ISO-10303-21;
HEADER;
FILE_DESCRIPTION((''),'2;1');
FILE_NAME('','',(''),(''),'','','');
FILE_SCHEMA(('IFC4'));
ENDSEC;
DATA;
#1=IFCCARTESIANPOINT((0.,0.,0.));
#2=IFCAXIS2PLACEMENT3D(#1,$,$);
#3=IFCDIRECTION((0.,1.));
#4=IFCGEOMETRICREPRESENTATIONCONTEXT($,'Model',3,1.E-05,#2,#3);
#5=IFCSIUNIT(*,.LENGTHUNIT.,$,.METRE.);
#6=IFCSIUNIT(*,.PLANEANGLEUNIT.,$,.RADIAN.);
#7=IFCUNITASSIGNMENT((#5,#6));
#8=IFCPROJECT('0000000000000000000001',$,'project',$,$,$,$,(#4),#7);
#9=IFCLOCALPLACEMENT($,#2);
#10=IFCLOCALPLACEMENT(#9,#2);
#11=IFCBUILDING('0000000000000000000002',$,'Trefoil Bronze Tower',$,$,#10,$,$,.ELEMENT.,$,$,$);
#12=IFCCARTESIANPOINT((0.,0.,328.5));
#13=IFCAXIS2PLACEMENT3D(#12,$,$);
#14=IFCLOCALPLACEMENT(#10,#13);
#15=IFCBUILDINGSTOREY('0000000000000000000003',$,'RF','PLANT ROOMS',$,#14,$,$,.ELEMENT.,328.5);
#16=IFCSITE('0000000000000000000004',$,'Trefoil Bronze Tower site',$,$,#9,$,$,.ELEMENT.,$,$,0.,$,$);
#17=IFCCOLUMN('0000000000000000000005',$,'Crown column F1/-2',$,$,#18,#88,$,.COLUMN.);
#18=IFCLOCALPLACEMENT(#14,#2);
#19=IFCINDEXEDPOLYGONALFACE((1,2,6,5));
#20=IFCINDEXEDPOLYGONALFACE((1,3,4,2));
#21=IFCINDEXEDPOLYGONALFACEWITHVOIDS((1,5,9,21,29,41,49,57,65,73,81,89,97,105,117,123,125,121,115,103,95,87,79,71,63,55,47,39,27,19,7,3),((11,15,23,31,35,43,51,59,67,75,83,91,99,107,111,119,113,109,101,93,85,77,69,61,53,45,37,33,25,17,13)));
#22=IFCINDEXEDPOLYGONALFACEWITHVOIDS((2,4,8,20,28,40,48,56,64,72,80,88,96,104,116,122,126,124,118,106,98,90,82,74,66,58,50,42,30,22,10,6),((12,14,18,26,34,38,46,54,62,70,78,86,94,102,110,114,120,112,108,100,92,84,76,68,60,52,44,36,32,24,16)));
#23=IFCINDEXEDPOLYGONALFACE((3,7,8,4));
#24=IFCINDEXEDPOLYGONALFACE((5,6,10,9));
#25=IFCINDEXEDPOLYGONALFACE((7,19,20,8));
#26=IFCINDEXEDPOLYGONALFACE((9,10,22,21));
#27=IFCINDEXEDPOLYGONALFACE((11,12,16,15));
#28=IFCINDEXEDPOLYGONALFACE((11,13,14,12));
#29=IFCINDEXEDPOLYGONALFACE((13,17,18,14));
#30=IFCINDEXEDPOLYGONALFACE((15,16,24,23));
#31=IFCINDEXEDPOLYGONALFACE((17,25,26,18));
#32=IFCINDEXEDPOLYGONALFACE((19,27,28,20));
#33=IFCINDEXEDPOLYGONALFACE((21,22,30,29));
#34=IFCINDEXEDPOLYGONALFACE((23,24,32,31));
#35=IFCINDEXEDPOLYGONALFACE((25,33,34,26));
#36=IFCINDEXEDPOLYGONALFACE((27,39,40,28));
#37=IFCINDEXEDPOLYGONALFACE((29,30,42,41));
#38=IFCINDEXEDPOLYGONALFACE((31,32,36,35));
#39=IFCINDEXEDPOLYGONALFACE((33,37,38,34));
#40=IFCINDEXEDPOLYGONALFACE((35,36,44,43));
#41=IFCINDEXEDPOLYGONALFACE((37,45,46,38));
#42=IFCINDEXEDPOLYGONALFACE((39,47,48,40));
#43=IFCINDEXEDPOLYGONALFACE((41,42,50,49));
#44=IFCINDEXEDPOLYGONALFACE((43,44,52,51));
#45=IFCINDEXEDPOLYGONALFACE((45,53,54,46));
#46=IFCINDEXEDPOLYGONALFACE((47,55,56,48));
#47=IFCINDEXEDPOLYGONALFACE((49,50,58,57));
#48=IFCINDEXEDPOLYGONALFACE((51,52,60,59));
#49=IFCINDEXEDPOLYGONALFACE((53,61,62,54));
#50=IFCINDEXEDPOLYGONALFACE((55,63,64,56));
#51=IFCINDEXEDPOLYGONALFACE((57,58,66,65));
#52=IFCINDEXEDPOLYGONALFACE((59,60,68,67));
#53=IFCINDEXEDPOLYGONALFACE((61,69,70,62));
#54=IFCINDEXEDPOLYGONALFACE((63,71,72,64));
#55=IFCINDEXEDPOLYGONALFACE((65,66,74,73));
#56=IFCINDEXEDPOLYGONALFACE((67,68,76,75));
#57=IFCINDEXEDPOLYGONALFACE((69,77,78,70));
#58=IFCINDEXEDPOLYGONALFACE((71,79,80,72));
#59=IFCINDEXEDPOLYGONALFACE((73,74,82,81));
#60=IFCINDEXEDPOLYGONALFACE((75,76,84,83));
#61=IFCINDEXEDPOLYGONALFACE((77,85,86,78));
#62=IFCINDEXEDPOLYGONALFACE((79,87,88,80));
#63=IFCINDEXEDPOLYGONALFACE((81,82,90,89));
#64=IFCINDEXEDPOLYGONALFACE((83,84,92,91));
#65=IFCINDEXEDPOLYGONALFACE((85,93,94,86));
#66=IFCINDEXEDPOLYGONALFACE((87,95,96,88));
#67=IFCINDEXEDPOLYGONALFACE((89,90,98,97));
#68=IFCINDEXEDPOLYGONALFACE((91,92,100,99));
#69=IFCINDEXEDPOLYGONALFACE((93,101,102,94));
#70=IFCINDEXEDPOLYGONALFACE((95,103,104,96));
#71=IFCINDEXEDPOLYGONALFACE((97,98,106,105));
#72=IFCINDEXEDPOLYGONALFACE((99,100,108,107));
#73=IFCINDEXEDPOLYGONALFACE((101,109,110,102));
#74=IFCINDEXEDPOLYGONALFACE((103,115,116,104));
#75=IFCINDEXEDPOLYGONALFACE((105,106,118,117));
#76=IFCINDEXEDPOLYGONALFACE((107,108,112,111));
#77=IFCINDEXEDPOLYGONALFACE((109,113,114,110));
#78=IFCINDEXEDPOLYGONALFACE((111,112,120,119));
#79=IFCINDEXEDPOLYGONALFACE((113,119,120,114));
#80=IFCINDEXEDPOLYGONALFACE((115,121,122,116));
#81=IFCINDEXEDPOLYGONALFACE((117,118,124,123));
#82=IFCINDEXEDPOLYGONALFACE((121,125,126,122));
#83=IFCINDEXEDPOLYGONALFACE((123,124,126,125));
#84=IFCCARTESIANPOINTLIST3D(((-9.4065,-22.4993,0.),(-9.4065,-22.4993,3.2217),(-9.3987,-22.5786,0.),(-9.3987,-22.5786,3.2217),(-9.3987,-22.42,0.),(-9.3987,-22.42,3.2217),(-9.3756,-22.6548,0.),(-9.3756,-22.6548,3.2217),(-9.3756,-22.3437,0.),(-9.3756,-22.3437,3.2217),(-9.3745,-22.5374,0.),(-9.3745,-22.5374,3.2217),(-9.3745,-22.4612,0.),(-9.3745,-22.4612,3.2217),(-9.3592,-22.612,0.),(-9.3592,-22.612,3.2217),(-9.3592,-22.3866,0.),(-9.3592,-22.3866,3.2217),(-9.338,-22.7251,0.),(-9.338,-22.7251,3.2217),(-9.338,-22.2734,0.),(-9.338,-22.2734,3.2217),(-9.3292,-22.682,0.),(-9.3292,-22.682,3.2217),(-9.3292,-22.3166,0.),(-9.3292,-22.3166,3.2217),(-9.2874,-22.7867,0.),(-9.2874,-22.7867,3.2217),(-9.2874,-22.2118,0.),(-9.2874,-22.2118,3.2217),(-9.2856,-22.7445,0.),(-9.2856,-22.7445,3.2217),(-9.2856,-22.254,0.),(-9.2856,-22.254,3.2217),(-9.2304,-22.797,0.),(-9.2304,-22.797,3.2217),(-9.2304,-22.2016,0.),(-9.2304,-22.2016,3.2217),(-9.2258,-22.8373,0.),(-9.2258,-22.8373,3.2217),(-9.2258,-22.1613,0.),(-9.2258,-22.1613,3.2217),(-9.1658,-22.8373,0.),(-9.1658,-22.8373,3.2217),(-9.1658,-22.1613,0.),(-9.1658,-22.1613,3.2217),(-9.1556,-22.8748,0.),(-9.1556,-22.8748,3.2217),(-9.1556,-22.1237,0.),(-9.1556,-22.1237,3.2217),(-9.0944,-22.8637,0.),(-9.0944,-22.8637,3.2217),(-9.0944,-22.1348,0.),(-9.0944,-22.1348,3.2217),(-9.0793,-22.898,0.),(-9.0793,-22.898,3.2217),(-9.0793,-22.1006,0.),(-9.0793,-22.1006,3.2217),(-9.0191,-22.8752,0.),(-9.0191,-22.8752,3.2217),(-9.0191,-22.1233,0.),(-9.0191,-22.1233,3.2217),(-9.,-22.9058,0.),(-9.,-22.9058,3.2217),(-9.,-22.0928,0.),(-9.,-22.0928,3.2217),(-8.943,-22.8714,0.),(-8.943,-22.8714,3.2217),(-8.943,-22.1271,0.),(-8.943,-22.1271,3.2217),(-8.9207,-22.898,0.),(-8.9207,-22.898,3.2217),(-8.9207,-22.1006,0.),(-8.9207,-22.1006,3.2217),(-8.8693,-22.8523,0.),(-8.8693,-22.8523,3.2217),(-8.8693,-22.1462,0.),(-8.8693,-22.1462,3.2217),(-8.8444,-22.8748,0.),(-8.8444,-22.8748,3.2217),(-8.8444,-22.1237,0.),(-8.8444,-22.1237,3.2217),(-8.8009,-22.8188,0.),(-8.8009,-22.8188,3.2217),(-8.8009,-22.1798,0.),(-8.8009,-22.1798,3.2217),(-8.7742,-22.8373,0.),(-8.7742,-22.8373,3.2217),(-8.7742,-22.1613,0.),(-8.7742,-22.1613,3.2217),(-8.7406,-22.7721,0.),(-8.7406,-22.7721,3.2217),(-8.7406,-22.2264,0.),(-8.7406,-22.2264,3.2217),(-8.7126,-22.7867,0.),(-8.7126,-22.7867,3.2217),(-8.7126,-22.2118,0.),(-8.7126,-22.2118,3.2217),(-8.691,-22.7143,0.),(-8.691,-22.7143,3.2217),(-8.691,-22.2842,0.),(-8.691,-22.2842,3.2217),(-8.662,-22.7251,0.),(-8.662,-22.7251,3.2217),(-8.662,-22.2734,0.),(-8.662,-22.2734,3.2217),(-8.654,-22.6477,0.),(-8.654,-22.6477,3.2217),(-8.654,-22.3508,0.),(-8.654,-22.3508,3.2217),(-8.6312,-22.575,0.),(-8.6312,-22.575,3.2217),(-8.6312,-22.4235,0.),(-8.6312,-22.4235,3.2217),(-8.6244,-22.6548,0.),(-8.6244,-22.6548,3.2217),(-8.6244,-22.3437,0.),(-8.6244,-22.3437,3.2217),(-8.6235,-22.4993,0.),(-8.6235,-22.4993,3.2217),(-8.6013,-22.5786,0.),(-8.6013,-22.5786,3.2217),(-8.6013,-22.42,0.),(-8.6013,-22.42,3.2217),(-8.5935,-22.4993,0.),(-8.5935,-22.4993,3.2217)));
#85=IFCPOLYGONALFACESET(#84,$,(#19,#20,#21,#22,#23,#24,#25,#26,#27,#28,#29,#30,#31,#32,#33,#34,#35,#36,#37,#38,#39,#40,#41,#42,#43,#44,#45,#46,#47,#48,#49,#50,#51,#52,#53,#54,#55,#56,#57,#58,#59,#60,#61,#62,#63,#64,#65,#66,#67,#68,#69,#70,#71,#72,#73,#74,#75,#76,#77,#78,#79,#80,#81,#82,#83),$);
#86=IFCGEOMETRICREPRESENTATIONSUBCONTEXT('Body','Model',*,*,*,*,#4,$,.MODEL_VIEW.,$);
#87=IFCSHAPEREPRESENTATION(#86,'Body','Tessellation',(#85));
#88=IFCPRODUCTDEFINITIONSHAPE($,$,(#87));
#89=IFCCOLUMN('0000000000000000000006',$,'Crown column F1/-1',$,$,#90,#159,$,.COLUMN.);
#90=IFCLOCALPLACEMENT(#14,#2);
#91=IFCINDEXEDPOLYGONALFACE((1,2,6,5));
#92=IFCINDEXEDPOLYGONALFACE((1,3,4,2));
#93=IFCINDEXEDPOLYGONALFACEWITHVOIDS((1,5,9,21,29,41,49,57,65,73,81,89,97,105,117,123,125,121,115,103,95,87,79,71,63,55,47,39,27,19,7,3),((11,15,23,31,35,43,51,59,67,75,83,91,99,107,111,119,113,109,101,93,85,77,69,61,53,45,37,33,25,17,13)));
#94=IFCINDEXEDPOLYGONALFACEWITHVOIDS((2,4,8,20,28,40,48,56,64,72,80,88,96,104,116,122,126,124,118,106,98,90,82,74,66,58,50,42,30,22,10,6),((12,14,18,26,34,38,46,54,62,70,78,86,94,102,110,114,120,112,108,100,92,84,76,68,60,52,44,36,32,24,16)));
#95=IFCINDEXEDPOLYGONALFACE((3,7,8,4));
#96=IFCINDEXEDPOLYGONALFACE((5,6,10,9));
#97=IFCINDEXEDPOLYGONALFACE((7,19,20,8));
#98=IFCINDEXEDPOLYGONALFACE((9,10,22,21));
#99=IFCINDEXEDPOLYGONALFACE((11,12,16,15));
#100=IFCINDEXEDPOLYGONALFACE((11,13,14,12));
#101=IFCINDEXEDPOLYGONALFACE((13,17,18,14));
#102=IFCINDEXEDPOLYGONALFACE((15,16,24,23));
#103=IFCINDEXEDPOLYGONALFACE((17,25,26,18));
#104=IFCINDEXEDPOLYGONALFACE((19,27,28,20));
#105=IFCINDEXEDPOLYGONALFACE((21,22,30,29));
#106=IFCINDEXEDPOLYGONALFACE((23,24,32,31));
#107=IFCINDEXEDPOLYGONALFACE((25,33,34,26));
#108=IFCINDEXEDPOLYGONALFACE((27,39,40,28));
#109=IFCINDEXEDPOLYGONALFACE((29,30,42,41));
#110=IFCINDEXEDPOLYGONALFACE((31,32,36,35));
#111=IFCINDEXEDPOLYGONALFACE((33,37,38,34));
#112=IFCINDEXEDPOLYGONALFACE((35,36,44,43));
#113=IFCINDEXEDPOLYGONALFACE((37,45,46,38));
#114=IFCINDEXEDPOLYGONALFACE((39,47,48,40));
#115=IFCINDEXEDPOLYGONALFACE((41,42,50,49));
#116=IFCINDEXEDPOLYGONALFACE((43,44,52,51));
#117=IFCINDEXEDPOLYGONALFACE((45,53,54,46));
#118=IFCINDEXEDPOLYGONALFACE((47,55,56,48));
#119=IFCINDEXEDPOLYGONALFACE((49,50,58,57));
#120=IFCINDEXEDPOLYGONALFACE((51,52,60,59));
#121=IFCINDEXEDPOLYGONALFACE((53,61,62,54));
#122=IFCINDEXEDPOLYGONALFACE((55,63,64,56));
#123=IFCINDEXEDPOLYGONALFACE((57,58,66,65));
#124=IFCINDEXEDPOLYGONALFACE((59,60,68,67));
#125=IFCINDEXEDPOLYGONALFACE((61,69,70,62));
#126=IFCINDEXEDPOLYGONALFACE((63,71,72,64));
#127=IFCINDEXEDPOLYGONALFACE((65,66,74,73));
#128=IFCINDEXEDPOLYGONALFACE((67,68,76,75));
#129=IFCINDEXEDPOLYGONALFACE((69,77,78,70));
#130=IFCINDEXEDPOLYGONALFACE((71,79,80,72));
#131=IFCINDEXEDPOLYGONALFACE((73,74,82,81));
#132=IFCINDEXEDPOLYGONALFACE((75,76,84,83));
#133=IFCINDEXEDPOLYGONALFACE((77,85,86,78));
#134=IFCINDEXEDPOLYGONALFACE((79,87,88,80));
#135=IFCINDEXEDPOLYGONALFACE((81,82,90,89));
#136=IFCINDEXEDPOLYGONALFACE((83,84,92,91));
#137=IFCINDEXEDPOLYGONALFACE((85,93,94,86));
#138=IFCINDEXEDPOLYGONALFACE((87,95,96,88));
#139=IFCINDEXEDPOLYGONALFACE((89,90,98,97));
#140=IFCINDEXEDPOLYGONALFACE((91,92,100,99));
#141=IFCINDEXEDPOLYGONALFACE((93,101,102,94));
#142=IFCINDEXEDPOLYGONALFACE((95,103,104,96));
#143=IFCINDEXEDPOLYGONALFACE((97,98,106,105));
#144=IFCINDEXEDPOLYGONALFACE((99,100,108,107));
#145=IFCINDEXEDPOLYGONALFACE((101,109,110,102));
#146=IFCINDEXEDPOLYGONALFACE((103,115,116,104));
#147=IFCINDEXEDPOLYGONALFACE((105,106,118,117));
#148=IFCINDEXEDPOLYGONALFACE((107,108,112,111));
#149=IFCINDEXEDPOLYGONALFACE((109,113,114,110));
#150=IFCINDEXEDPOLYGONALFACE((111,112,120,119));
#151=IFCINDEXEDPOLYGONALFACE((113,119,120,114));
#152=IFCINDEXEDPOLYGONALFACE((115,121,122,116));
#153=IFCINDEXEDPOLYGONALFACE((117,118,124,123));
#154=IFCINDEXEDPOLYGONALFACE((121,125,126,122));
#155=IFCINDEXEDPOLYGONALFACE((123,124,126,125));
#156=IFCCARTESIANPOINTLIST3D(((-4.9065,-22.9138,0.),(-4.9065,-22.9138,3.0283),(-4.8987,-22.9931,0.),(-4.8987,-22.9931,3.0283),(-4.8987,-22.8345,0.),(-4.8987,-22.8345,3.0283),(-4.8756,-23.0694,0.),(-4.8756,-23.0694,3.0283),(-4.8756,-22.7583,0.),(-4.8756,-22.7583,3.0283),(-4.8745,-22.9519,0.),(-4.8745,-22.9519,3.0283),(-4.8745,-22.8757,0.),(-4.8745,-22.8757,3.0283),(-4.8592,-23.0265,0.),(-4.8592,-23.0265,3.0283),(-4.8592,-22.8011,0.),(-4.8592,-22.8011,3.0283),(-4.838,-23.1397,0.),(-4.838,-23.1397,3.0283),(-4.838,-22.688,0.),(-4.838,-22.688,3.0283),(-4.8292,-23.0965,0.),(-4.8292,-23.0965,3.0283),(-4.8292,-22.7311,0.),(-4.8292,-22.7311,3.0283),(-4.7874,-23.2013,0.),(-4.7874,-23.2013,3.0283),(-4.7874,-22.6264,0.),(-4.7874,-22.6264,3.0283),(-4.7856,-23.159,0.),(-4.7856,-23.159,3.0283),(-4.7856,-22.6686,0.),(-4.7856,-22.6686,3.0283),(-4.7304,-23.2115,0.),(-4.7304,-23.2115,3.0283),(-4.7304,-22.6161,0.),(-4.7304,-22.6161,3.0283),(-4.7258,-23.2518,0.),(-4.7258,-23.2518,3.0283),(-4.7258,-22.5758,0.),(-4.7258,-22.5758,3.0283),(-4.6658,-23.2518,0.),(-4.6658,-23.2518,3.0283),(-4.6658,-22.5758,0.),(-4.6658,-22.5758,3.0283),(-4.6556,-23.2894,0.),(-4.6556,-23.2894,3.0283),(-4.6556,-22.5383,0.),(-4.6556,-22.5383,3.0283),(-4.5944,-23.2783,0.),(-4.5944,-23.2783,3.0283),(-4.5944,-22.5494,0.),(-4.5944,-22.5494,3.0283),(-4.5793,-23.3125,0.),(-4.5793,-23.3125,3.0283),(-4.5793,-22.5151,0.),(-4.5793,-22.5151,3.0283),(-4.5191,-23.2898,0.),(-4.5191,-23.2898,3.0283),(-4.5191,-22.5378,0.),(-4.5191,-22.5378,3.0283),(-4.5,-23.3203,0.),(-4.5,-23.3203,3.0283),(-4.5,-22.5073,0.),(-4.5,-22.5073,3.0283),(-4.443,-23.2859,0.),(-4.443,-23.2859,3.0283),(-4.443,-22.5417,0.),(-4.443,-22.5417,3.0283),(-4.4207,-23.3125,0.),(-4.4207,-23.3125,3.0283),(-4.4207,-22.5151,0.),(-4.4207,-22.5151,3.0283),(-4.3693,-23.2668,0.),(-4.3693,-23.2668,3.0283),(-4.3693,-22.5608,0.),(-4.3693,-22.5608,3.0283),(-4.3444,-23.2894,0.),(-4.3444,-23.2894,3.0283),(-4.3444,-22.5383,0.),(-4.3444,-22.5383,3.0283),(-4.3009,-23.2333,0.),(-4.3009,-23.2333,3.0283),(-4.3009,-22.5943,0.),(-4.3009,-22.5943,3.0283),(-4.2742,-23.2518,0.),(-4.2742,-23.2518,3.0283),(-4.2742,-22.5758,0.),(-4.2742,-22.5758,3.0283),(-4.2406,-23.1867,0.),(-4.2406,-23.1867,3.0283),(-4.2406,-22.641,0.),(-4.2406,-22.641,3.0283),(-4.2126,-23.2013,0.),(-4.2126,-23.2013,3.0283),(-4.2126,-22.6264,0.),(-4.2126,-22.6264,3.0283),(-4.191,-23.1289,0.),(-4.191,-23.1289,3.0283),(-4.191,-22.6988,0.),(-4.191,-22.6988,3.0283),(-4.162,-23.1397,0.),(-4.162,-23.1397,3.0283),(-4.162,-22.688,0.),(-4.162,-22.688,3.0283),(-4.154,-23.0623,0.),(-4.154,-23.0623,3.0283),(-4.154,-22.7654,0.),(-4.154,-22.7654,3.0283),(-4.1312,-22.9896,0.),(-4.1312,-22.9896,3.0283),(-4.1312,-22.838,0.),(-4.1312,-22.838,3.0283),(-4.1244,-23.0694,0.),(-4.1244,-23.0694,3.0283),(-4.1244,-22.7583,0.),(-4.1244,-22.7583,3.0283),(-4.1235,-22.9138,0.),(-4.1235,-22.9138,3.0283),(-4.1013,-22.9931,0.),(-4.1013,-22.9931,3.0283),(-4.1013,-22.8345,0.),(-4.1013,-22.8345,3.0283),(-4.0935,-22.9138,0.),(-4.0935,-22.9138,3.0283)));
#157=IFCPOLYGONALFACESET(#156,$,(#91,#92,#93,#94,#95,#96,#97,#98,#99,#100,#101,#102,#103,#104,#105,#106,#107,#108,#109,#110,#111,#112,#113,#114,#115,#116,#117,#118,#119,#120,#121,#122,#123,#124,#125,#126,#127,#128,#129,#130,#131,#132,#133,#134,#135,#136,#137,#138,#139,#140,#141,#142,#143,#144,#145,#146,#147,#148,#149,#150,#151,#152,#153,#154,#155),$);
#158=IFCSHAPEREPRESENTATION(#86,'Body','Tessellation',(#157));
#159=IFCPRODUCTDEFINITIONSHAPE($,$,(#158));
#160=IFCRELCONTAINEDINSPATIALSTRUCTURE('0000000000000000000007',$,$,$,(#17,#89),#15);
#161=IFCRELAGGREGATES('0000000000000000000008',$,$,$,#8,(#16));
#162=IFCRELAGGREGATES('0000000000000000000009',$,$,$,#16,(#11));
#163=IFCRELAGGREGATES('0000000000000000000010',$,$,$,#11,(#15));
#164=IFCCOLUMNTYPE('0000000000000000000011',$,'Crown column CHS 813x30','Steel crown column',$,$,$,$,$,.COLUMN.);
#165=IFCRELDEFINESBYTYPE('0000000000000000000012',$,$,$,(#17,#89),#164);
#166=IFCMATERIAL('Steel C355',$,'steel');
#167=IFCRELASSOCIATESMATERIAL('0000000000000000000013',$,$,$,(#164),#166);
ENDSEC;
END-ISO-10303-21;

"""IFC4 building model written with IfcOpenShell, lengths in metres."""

from ifc_helpers import new_model, si_unit, direction, frame, origin, origin_2d, place, context, subcontext, project, spatial, hollow_circle, extrude, material, material_profile, profile_set, type_object, element, save


model = new_model("IFC4")

# Units and contexts
model_context = context("Model", 3, precision=1e-05, world=origin(), true_north=direction((0.0, 1.0)))
body_context = subcontext(model_context, "Body", "Model", "MODEL_VIEW")
ifc_project = project(units=[si_unit("LENGTHUNIT", "METRE"), si_unit("PLANEANGLEUNIT", "RADIAN")], contexts=[model_context])

# Site, building, storey
site_placement = place(None, origin())
site = spatial("IfcSite", under=ifc_project, at=site_placement, Name="Trefoil Bronze Tower site", CompositionType="ELEMENT", RefElevation=0.0)
building_placement = place(site_placement, origin())
building = spatial("IfcBuilding", under=site, at=building_placement, Name="Trefoil Bronze Tower", CompositionType="ELEMENT")
storey_placement = place(building_placement, frame((0.0, 0.0, 328.5)))
storey = spatial("IfcBuildingStorey", under=building, at=storey_placement, Name="RF", Description="PLANT ROOMS", CompositionType="ELEMENT", Elevation=328.5)

# Columns
ifc_material_1 = material(Name="Steel C355", Category="steel")
ifc_material_profile_1 = material_profile(ifc_material_1, hollow_circle(Radius=0.4065, WallThickness=0.03, at=origin_2d()), Name="CHS 813x30")
ifc_profile_set_1 = profile_set([ifc_material_profile_1], Name="Steel C355")
column_type = type_object("IfcColumnType", Name="Crown column CHS 813x30", Description="Steel crown column", PredefinedType="COLUMN", material=ifc_profile_set_1)
column_1_placement = place(storey_placement, frame((-9.0, -22.4993, 0.0), z_axis=(0.0, 0.0, 1.0), x_axis=(1.0, 0.0, 0.0)))
element("IfcColumn", 1, at=column_1_placement, inside=storey, type_object=column_type, Name="Crown column F1/-2", PredefinedType="COLUMN", context=body_context, shape_type="SweptSolid", body=[
    extrude(hollow_circle(Radius=0.4065, WallThickness=0.03, at=origin_2d()), origin(), (0.0, 0.0, 1.0), 3.2217),
])
column_2_placement = place(storey_placement, frame((-4.5, -22.9138, 0.0), z_axis=(0.0, 0.0, 1.0), x_axis=(1.0, 0.0, 0.0)))
element("IfcColumn", 2, at=column_2_placement, inside=storey, type_object=column_type, Name="Crown column F1/-1", PredefinedType="COLUMN", context=body_context, shape_type="SweptSolid", body=[
    extrude(hollow_circle(Radius=0.4065, WallThickness=0.03, at=origin_2d()), origin(), (0.0, 0.0, 1.0), 3.0283),
])

save(model, "model.ifc")
